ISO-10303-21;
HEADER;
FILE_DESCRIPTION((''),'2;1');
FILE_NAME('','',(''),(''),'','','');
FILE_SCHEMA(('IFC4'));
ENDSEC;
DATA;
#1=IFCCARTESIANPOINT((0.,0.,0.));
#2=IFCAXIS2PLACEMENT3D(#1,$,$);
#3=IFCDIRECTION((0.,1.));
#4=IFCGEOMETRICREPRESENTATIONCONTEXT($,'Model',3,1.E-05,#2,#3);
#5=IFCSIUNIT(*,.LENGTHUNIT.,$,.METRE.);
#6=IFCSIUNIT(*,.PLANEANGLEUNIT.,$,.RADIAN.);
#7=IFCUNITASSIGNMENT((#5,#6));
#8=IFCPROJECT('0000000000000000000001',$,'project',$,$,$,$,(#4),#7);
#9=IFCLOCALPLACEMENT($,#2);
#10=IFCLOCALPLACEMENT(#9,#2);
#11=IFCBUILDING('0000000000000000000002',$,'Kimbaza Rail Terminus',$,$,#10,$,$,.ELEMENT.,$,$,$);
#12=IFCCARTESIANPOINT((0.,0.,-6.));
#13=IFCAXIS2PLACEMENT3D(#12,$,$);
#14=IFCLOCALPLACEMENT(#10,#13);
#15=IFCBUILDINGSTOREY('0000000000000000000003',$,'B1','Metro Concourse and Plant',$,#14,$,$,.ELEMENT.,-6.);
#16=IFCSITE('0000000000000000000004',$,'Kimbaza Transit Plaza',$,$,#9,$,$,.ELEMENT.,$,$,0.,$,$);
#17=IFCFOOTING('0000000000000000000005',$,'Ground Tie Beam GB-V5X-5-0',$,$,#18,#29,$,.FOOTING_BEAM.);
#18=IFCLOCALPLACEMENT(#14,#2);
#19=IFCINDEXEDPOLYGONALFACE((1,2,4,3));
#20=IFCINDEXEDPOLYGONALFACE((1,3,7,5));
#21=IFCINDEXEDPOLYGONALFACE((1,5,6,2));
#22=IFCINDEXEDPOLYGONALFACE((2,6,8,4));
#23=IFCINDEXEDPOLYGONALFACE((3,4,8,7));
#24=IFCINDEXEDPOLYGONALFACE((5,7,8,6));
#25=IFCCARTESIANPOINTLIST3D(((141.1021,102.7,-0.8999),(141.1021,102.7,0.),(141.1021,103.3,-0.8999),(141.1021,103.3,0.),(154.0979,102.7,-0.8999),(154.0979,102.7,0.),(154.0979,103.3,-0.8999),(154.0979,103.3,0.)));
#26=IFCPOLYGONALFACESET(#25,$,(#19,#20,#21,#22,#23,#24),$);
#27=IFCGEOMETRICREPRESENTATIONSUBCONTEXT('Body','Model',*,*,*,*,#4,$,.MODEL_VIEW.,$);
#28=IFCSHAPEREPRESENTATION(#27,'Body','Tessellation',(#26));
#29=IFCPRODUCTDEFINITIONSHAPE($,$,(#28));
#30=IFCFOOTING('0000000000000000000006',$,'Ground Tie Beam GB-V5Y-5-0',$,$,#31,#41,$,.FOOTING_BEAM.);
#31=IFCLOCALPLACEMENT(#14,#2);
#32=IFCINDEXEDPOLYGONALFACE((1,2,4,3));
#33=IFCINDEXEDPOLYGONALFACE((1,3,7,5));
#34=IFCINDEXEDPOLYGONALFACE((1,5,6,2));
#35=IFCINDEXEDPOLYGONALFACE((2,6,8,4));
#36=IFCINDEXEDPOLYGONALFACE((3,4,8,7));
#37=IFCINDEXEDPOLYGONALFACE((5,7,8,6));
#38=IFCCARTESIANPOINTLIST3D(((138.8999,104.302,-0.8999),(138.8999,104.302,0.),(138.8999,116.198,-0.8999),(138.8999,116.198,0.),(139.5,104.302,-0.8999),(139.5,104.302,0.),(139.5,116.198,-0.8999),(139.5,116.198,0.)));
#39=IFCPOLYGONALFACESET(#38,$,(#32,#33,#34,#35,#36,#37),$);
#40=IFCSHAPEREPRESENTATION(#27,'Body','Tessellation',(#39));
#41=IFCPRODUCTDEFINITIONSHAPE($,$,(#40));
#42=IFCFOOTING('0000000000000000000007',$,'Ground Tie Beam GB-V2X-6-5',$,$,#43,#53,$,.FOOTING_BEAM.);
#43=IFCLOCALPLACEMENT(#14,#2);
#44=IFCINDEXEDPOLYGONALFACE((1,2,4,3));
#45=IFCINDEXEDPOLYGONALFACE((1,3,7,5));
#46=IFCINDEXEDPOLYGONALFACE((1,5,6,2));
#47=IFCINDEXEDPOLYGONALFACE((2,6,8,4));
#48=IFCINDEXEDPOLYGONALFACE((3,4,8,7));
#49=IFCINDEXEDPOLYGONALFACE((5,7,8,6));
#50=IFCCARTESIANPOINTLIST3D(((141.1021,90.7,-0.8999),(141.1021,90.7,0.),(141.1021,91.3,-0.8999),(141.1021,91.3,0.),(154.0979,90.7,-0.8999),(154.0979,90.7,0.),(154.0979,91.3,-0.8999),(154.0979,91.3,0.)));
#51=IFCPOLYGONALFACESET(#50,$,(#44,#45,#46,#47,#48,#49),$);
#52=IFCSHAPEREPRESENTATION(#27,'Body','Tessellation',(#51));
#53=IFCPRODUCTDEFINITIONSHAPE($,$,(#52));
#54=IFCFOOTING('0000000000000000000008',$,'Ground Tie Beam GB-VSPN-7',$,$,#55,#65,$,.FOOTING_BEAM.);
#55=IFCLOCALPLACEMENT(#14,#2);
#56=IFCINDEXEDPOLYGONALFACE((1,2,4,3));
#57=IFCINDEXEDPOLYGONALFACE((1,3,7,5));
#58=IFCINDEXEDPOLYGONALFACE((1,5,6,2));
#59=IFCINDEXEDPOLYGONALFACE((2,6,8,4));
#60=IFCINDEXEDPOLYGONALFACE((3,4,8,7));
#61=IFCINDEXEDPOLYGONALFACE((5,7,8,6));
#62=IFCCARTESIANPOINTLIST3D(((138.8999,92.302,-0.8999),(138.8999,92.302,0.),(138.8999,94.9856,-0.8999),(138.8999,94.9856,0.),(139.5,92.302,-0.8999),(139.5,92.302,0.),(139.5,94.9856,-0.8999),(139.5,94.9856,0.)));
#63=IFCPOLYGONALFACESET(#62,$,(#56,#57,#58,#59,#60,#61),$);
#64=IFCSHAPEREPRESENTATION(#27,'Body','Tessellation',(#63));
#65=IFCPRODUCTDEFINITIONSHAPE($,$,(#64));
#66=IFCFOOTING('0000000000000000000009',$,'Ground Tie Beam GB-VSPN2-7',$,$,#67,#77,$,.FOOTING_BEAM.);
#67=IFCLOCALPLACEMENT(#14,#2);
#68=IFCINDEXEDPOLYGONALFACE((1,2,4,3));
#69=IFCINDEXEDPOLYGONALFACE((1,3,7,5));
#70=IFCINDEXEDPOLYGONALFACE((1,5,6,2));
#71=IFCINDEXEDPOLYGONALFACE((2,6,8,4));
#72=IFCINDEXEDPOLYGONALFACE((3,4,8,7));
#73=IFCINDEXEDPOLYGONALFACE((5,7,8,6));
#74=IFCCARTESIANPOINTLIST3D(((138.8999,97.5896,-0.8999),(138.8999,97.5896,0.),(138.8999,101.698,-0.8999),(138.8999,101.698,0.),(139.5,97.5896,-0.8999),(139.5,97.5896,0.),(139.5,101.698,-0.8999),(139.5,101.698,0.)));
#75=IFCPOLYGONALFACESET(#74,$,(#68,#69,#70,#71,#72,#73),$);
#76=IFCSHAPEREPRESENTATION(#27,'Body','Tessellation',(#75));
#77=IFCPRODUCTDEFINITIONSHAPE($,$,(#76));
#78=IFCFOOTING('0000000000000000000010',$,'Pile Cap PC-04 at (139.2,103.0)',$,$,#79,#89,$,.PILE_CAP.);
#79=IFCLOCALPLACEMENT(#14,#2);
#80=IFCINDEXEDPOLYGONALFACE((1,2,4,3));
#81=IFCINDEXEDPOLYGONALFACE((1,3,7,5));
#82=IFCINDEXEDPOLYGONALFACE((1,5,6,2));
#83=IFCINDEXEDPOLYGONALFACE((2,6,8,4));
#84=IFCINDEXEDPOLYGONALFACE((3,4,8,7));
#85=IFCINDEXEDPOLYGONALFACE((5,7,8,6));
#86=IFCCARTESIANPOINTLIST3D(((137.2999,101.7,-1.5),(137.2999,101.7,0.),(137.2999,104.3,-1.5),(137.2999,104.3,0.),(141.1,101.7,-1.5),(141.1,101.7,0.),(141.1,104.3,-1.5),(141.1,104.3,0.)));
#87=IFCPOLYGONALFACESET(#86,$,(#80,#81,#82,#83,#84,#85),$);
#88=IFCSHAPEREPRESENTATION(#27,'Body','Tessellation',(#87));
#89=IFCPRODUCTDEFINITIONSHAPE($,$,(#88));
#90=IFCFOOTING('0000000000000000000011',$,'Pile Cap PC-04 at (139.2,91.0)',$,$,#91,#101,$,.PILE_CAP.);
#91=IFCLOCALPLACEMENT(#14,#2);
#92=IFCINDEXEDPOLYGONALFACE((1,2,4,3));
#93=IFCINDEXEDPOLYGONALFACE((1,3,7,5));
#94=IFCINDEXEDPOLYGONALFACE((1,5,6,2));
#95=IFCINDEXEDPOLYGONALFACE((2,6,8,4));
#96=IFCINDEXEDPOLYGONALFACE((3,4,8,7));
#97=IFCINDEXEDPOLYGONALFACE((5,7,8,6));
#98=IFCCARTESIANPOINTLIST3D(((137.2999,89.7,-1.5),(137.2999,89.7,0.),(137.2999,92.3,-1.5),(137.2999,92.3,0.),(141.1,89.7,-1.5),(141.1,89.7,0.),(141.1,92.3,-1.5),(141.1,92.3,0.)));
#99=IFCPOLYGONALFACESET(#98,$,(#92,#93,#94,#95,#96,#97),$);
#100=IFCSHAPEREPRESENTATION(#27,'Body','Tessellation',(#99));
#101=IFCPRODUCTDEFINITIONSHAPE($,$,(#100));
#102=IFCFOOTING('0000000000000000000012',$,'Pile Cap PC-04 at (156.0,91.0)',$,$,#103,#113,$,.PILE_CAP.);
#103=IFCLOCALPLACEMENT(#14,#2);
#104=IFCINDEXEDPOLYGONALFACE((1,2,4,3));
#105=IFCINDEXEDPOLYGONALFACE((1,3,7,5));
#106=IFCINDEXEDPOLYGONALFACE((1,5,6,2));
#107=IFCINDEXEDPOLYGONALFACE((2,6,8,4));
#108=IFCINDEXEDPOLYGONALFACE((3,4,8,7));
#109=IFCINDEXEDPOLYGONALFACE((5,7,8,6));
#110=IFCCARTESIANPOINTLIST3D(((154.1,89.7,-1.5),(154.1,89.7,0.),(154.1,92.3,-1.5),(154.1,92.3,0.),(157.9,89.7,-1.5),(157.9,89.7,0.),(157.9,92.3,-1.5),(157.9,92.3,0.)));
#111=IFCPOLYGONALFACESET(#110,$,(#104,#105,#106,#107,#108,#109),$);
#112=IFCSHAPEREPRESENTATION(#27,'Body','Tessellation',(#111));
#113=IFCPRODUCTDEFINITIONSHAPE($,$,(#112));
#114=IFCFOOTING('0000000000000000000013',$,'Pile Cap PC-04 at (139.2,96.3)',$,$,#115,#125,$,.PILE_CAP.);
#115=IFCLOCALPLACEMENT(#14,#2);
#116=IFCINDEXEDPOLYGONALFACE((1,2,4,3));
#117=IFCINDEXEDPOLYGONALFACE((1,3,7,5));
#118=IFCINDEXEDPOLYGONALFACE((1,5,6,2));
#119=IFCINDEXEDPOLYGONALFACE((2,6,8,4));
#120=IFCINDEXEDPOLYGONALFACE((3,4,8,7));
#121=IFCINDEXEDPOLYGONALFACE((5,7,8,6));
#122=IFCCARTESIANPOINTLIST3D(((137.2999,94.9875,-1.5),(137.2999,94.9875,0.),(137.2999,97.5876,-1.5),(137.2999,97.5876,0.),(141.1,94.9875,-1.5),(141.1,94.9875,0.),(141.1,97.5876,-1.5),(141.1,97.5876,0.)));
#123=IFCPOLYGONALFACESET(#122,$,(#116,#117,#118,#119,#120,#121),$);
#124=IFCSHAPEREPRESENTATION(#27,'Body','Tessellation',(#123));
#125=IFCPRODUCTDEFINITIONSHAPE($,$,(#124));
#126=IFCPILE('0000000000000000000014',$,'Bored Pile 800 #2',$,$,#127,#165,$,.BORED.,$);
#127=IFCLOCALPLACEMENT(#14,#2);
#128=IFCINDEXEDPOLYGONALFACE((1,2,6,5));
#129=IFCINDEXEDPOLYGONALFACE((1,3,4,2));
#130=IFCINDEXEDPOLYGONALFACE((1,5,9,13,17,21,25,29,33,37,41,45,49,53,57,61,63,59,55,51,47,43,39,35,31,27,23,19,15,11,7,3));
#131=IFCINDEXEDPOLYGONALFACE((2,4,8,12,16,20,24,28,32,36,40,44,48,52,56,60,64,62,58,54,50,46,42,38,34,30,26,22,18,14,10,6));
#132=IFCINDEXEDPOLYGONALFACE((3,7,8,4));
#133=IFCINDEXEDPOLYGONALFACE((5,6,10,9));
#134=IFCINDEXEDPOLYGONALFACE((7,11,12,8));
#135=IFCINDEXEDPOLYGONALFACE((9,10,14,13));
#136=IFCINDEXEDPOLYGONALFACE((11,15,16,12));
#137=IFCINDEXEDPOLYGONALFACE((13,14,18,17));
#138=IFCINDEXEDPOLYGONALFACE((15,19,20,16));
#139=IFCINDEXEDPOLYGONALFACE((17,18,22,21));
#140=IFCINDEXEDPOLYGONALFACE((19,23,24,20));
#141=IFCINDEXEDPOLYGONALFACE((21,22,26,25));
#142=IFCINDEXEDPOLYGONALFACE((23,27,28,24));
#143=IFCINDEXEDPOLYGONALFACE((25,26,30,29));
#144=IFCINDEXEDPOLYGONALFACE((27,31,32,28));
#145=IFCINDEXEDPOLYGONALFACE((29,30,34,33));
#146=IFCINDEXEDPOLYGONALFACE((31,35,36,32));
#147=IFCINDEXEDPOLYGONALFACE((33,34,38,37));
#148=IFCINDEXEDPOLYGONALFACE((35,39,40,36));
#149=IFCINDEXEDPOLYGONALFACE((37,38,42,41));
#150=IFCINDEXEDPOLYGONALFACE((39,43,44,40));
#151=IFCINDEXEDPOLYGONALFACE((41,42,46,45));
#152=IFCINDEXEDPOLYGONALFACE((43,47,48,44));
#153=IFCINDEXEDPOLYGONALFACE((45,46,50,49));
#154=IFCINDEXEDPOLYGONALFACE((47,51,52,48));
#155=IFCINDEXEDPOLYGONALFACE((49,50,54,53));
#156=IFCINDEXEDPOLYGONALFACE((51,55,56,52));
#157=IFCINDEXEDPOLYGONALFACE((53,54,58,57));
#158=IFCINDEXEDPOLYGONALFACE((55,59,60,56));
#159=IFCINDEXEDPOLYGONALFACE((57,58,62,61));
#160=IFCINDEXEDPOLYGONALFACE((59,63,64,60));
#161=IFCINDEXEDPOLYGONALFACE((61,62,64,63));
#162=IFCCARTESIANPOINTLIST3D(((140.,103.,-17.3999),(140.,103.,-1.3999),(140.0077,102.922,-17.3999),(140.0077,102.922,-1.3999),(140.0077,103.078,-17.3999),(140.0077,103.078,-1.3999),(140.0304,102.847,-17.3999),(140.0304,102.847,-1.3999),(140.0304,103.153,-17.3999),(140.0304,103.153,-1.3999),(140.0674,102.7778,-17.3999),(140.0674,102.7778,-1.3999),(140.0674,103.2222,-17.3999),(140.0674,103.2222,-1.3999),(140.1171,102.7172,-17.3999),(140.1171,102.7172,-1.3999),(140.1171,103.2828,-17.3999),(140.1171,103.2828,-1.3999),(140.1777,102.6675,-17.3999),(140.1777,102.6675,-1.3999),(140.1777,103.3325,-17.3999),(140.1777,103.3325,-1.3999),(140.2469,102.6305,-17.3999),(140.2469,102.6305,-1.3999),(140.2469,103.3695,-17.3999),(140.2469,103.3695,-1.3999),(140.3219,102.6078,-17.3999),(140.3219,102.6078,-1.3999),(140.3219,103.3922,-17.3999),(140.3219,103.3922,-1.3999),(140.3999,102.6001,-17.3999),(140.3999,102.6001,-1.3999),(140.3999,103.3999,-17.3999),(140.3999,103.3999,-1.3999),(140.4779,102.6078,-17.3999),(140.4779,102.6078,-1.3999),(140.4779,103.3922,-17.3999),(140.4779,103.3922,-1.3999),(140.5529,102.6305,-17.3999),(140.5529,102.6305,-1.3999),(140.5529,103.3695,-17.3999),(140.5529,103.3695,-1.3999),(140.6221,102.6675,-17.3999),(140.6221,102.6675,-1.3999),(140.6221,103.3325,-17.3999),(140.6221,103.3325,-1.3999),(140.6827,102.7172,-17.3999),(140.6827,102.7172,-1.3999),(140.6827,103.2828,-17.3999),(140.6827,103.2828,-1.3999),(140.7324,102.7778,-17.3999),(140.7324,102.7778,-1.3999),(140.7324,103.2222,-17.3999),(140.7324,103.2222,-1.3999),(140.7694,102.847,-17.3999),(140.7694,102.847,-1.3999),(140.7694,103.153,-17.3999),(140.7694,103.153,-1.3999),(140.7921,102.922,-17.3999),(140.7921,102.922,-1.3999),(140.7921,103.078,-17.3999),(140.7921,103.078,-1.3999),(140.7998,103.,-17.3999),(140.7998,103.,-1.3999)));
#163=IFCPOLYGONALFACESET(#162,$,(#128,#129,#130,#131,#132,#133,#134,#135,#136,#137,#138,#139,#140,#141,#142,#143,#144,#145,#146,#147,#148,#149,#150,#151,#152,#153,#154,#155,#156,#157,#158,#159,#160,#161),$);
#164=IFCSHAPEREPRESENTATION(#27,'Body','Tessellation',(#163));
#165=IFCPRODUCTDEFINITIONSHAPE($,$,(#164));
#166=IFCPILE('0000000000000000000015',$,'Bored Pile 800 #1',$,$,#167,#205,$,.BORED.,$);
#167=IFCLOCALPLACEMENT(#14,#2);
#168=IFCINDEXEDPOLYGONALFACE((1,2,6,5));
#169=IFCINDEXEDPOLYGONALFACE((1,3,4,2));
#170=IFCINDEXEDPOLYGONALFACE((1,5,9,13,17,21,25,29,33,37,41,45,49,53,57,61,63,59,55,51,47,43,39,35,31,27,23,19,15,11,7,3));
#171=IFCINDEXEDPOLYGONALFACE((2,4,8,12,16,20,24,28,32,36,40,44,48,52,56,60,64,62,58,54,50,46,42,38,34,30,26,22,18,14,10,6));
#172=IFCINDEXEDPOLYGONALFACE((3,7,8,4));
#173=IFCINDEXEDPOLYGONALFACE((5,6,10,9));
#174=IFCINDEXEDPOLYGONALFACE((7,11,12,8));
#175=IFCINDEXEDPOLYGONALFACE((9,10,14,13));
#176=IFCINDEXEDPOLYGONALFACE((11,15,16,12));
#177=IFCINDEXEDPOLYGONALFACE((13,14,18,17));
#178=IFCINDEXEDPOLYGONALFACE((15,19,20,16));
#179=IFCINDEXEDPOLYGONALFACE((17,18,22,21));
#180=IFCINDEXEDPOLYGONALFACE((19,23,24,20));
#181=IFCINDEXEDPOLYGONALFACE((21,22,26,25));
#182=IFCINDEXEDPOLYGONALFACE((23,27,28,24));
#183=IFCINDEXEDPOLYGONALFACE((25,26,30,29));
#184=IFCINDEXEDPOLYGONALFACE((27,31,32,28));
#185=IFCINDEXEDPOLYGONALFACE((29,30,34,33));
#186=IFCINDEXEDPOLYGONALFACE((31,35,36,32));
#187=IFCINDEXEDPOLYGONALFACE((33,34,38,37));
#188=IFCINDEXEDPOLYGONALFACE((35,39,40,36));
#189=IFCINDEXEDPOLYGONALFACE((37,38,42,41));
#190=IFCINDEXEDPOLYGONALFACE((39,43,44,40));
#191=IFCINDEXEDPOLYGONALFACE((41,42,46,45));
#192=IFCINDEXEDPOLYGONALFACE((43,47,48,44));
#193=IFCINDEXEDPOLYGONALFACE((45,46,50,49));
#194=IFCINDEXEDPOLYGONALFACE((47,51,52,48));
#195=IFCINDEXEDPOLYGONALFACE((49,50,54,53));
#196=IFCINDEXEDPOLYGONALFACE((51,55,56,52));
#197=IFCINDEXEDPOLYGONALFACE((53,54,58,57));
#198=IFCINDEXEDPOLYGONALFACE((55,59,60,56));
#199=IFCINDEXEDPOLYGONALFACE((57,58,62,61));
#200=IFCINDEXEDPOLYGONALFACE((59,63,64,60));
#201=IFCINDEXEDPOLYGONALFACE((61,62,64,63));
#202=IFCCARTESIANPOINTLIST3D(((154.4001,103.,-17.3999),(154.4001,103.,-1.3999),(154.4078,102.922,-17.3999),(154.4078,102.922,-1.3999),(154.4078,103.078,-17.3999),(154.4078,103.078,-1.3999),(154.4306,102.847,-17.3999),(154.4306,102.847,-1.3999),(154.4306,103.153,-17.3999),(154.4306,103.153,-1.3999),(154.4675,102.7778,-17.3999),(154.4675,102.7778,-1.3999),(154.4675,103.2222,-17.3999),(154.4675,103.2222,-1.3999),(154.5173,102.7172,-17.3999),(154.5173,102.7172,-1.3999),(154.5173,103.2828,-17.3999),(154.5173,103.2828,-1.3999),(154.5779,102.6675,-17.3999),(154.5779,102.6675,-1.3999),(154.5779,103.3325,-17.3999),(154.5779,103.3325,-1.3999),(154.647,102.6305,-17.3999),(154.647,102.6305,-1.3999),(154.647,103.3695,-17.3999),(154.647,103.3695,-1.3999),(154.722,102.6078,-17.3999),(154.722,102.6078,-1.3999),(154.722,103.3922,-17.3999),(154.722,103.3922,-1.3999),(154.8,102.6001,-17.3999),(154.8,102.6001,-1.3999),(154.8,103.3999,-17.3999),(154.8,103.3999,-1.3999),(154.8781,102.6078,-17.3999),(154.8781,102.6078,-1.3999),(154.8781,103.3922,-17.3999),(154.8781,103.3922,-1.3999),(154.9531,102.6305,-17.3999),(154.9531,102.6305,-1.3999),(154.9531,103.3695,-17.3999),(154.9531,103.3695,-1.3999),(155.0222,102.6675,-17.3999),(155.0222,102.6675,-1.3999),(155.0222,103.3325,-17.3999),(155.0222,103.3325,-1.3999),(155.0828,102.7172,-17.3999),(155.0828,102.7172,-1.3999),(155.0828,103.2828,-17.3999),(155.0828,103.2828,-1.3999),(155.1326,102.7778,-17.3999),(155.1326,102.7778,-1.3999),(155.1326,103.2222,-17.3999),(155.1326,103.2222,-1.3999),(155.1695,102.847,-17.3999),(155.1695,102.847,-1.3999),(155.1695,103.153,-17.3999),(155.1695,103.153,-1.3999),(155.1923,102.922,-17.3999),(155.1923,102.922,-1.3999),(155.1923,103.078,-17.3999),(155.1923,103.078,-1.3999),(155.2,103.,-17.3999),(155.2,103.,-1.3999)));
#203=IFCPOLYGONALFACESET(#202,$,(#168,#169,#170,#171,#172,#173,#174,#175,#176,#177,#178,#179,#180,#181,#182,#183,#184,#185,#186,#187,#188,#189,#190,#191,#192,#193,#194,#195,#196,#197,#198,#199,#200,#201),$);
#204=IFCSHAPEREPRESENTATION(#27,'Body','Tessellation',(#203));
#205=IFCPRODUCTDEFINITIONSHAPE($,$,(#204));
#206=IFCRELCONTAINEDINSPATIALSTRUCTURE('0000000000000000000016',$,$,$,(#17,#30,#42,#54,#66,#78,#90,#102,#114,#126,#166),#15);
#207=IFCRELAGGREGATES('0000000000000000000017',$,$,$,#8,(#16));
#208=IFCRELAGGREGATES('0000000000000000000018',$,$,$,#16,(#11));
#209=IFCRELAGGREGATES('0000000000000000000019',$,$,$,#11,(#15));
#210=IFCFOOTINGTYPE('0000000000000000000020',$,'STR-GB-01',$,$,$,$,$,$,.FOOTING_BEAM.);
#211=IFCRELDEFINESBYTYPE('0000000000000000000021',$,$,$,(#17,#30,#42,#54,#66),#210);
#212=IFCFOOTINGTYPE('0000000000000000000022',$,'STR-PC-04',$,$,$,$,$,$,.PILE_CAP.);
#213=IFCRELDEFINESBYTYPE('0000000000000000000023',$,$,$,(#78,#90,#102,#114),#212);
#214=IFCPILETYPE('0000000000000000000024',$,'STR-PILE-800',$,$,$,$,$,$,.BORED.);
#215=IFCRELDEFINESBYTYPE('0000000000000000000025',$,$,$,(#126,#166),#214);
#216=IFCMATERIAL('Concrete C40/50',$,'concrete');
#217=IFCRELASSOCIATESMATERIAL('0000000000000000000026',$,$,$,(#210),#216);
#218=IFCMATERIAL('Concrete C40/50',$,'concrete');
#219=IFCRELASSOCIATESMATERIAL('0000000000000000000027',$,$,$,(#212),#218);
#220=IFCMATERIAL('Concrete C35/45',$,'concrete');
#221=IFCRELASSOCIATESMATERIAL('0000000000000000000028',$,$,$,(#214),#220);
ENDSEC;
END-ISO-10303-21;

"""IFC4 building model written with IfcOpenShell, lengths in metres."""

from ifc_helpers import new_model, si_unit, direction, frame, origin, origin_2d, place, context, subcontext, project, spatial, rectangle, circle, extrude, material, material_profile, profile_set, type_object, element, save


model = new_model("IFC4")

# Units and contexts
model_context = context("Model", 3, precision=1e-05, world=origin(), true_north=direction((0.0, 1.0)))
body_context = subcontext(model_context, "Body", "Model", "MODEL_VIEW")
ifc_project = project(units=[si_unit("LENGTHUNIT", "METRE"), si_unit("PLANEANGLEUNIT", "RADIAN")], contexts=[model_context])

# Site, building, storey
site_placement = place(None, origin())
site = spatial("IfcSite", under=ifc_project, at=site_placement, Name="Kimbaza Transit Plaza", CompositionType="ELEMENT", RefElevation=0.0)
building_placement = place(site_placement, origin())
building = spatial("IfcBuilding", under=site, at=building_placement, Name="Kimbaza Rail Terminus", CompositionType="ELEMENT")
storey_placement = place(building_placement, frame((0.0, 0.0, -6.0)))
storey = spatial("IfcBuildingStorey", under=building, at=storey_placement, Name="B1", Description="Metro Concourse and Plant", CompositionType="ELEMENT", Elevation=-6.0)

# Footings
ifc_material_1 = material(Name="Concrete C40/50", Category="concrete")
ifc_material_profile_1 = material_profile(ifc_material_1, rectangle(XDim=0.6001, YDim=0.8999, at=origin_2d()), Name="GB-01 600x900")
ifc_profile_set_1 = profile_set([ifc_material_profile_1], Name="Concrete C40/50")
footing_type_1 = type_object("IfcFootingType", Name="STR-GB-01", PredefinedType="FOOTING_BEAM", material=ifc_profile_set_1)
footing_1_placement = place(storey_placement, frame((141.1021, 103.0, -0.45), z_axis=(1.0, 0.0, 0.0), x_axis=(0.0, 1.0, 0.0)))
element("IfcFooting", 1, at=footing_1_placement, inside=storey, type_object=footing_type_1, Name="Ground Tie Beam GB-V5X-5-0", PredefinedType="FOOTING_BEAM", context=body_context, shape_type="SweptSolid", body=[
    extrude(rectangle(XDim=0.6001, YDim=0.8999, at=origin_2d()), origin(), (0.0, 0.0, 1.0), 12.9958),
])
footing_2_placement = place(storey_placement, frame((139.2, 104.302, -0.45), z_axis=(0.0, 1.0, 0.0), x_axis=(-1.0, 0.0, 0.0)))
element("IfcFooting", 2, at=footing_2_placement, inside=storey, type_object=footing_type_1, Name="Ground Tie Beam GB-V5Y-5-0", PredefinedType="FOOTING_BEAM", context=body_context, shape_type="SweptSolid", body=[
    extrude(rectangle(XDim=0.6001, YDim=0.8999, at=origin_2d()), origin(), (0.0, 0.0, 1.0), 11.896),
])
footing_3_placement = place(storey_placement, frame((141.1021, 91.0, -0.45), z_axis=(1.0, 0.0, 0.0), x_axis=(0.0, 1.0, 0.0)))
element("IfcFooting", 3, at=footing_3_placement, inside=storey, type_object=footing_type_1, Name="Ground Tie Beam GB-V2X-6-5", PredefinedType="FOOTING_BEAM", context=body_context, shape_type="SweptSolid", body=[
    extrude(rectangle(XDim=0.6001, YDim=0.8999, at=origin_2d()), origin(), (0.0, 0.0, 1.0), 12.9958),
])
footing_4_placement = place(storey_placement, frame((139.2, 92.302, -0.45), z_axis=(0.0, 1.0, 0.0), x_axis=(-1.0, 0.0, 0.0)))
element("IfcFooting", 4, at=footing_4_placement, inside=storey, type_object=footing_type_1, Name="Ground Tie Beam GB-VSPN-7", PredefinedType="FOOTING_BEAM", context=body_context, shape_type="SweptSolid", body=[
    extrude(rectangle(XDim=0.6001, YDim=0.8999, at=origin_2d()), origin(), (0.0, 0.0, 1.0), 2.6836),
])
footing_5_placement = place(storey_placement, frame((139.2, 97.5896, -0.45), z_axis=(0.0, 1.0, 0.0), x_axis=(-1.0, 0.0, 0.0)))
element("IfcFooting", 5, at=footing_5_placement, inside=storey, type_object=footing_type_1, Name="Ground Tie Beam GB-VSPN2-7", PredefinedType="FOOTING_BEAM", context=body_context, shape_type="SweptSolid", body=[
    extrude(rectangle(XDim=0.6001, YDim=0.8999, at=origin_2d()), origin(), (0.0, 0.0, 1.0), 4.1084),
])
ifc_material_2 = material(Name="Concrete C40/50", Category="concrete")
footing_type_2 = type_object("IfcFootingType", Name="STR-PC-04", PredefinedType="PILE_CAP", material=ifc_material_2)
for number, where, z_axis, x_axis, name in (
    (6, (139.2, 103.0, -1.5), (0.0, 0.0, 1.0), (1.0, 0.0, 0.0), "Pile Cap PC-04 at (139.2,103.0)"),
    (7, (139.2, 91.0, -1.5), (0.0, 0.0, 1.0), (1.0, 0.0, 0.0), "Pile Cap PC-04 at (139.2,91.0)"),
    (8, (156.0, 91.0, -1.5), (0.0, 0.0, 1.0), (1.0, 0.0, 0.0), "Pile Cap PC-04 at (156.0,91.0)"),
    (9, (139.2, 96.2876, -1.5), (0.0, 0.0, 1.0), (1.0, 0.0, 0.0), "Pile Cap PC-04 at (139.2,96.3)"),
):
    element("IfcFooting", number, at=place(storey_placement, frame(where, z_axis=z_axis, x_axis=x_axis)), inside=storey, type_object=footing_type_2, Name=name, PredefinedType="PILE_CAP", context=body_context, shape_type="SweptSolid", body=[
        extrude(rectangle(XDim=3.8, YDim=2.6001, at=origin_2d()), origin(), (0.0, 0.0, 1.0), 1.5),
    ])

# Piles
ifc_material_3 = material(Name="Concrete C35/45", Category="concrete")
ifc_material_profile_2 = material_profile(ifc_material_3, circle(Radius=0.3999, at=origin_2d()), Name="BORED PILE 800")
ifc_profile_set_2 = profile_set([ifc_material_profile_2], Name="Concrete C35/45")
pile_type = type_object("IfcPileType", Name="STR-PILE-800", PredefinedType="BORED", material=ifc_profile_set_2)
for number, where, z_axis, x_axis, name in (
    (10, (140.3999, 103.0, -1.3999), (0.0, 0.0, -1.0), (1.0, 0.0, 0.0), "Bored Pile 800 #2"),
    (11, (154.8, 103.0, -1.3999), (0.0, 0.0, -1.0), (1.0, 0.0, 0.0), "Bored Pile 800 #1"),
):
    element("IfcPile", number, at=place(storey_placement, frame(where, z_axis=z_axis, x_axis=x_axis)), inside=storey, type_object=pile_type, Name=name, PredefinedType="BORED", context=body_context, shape_type="SweptSolid", body=[
        extrude(circle(Radius=0.3999, at=origin_2d()), origin(), (0.0, 0.0, 1.0), 16.0),
    ])

save(model, "model.ifc")
